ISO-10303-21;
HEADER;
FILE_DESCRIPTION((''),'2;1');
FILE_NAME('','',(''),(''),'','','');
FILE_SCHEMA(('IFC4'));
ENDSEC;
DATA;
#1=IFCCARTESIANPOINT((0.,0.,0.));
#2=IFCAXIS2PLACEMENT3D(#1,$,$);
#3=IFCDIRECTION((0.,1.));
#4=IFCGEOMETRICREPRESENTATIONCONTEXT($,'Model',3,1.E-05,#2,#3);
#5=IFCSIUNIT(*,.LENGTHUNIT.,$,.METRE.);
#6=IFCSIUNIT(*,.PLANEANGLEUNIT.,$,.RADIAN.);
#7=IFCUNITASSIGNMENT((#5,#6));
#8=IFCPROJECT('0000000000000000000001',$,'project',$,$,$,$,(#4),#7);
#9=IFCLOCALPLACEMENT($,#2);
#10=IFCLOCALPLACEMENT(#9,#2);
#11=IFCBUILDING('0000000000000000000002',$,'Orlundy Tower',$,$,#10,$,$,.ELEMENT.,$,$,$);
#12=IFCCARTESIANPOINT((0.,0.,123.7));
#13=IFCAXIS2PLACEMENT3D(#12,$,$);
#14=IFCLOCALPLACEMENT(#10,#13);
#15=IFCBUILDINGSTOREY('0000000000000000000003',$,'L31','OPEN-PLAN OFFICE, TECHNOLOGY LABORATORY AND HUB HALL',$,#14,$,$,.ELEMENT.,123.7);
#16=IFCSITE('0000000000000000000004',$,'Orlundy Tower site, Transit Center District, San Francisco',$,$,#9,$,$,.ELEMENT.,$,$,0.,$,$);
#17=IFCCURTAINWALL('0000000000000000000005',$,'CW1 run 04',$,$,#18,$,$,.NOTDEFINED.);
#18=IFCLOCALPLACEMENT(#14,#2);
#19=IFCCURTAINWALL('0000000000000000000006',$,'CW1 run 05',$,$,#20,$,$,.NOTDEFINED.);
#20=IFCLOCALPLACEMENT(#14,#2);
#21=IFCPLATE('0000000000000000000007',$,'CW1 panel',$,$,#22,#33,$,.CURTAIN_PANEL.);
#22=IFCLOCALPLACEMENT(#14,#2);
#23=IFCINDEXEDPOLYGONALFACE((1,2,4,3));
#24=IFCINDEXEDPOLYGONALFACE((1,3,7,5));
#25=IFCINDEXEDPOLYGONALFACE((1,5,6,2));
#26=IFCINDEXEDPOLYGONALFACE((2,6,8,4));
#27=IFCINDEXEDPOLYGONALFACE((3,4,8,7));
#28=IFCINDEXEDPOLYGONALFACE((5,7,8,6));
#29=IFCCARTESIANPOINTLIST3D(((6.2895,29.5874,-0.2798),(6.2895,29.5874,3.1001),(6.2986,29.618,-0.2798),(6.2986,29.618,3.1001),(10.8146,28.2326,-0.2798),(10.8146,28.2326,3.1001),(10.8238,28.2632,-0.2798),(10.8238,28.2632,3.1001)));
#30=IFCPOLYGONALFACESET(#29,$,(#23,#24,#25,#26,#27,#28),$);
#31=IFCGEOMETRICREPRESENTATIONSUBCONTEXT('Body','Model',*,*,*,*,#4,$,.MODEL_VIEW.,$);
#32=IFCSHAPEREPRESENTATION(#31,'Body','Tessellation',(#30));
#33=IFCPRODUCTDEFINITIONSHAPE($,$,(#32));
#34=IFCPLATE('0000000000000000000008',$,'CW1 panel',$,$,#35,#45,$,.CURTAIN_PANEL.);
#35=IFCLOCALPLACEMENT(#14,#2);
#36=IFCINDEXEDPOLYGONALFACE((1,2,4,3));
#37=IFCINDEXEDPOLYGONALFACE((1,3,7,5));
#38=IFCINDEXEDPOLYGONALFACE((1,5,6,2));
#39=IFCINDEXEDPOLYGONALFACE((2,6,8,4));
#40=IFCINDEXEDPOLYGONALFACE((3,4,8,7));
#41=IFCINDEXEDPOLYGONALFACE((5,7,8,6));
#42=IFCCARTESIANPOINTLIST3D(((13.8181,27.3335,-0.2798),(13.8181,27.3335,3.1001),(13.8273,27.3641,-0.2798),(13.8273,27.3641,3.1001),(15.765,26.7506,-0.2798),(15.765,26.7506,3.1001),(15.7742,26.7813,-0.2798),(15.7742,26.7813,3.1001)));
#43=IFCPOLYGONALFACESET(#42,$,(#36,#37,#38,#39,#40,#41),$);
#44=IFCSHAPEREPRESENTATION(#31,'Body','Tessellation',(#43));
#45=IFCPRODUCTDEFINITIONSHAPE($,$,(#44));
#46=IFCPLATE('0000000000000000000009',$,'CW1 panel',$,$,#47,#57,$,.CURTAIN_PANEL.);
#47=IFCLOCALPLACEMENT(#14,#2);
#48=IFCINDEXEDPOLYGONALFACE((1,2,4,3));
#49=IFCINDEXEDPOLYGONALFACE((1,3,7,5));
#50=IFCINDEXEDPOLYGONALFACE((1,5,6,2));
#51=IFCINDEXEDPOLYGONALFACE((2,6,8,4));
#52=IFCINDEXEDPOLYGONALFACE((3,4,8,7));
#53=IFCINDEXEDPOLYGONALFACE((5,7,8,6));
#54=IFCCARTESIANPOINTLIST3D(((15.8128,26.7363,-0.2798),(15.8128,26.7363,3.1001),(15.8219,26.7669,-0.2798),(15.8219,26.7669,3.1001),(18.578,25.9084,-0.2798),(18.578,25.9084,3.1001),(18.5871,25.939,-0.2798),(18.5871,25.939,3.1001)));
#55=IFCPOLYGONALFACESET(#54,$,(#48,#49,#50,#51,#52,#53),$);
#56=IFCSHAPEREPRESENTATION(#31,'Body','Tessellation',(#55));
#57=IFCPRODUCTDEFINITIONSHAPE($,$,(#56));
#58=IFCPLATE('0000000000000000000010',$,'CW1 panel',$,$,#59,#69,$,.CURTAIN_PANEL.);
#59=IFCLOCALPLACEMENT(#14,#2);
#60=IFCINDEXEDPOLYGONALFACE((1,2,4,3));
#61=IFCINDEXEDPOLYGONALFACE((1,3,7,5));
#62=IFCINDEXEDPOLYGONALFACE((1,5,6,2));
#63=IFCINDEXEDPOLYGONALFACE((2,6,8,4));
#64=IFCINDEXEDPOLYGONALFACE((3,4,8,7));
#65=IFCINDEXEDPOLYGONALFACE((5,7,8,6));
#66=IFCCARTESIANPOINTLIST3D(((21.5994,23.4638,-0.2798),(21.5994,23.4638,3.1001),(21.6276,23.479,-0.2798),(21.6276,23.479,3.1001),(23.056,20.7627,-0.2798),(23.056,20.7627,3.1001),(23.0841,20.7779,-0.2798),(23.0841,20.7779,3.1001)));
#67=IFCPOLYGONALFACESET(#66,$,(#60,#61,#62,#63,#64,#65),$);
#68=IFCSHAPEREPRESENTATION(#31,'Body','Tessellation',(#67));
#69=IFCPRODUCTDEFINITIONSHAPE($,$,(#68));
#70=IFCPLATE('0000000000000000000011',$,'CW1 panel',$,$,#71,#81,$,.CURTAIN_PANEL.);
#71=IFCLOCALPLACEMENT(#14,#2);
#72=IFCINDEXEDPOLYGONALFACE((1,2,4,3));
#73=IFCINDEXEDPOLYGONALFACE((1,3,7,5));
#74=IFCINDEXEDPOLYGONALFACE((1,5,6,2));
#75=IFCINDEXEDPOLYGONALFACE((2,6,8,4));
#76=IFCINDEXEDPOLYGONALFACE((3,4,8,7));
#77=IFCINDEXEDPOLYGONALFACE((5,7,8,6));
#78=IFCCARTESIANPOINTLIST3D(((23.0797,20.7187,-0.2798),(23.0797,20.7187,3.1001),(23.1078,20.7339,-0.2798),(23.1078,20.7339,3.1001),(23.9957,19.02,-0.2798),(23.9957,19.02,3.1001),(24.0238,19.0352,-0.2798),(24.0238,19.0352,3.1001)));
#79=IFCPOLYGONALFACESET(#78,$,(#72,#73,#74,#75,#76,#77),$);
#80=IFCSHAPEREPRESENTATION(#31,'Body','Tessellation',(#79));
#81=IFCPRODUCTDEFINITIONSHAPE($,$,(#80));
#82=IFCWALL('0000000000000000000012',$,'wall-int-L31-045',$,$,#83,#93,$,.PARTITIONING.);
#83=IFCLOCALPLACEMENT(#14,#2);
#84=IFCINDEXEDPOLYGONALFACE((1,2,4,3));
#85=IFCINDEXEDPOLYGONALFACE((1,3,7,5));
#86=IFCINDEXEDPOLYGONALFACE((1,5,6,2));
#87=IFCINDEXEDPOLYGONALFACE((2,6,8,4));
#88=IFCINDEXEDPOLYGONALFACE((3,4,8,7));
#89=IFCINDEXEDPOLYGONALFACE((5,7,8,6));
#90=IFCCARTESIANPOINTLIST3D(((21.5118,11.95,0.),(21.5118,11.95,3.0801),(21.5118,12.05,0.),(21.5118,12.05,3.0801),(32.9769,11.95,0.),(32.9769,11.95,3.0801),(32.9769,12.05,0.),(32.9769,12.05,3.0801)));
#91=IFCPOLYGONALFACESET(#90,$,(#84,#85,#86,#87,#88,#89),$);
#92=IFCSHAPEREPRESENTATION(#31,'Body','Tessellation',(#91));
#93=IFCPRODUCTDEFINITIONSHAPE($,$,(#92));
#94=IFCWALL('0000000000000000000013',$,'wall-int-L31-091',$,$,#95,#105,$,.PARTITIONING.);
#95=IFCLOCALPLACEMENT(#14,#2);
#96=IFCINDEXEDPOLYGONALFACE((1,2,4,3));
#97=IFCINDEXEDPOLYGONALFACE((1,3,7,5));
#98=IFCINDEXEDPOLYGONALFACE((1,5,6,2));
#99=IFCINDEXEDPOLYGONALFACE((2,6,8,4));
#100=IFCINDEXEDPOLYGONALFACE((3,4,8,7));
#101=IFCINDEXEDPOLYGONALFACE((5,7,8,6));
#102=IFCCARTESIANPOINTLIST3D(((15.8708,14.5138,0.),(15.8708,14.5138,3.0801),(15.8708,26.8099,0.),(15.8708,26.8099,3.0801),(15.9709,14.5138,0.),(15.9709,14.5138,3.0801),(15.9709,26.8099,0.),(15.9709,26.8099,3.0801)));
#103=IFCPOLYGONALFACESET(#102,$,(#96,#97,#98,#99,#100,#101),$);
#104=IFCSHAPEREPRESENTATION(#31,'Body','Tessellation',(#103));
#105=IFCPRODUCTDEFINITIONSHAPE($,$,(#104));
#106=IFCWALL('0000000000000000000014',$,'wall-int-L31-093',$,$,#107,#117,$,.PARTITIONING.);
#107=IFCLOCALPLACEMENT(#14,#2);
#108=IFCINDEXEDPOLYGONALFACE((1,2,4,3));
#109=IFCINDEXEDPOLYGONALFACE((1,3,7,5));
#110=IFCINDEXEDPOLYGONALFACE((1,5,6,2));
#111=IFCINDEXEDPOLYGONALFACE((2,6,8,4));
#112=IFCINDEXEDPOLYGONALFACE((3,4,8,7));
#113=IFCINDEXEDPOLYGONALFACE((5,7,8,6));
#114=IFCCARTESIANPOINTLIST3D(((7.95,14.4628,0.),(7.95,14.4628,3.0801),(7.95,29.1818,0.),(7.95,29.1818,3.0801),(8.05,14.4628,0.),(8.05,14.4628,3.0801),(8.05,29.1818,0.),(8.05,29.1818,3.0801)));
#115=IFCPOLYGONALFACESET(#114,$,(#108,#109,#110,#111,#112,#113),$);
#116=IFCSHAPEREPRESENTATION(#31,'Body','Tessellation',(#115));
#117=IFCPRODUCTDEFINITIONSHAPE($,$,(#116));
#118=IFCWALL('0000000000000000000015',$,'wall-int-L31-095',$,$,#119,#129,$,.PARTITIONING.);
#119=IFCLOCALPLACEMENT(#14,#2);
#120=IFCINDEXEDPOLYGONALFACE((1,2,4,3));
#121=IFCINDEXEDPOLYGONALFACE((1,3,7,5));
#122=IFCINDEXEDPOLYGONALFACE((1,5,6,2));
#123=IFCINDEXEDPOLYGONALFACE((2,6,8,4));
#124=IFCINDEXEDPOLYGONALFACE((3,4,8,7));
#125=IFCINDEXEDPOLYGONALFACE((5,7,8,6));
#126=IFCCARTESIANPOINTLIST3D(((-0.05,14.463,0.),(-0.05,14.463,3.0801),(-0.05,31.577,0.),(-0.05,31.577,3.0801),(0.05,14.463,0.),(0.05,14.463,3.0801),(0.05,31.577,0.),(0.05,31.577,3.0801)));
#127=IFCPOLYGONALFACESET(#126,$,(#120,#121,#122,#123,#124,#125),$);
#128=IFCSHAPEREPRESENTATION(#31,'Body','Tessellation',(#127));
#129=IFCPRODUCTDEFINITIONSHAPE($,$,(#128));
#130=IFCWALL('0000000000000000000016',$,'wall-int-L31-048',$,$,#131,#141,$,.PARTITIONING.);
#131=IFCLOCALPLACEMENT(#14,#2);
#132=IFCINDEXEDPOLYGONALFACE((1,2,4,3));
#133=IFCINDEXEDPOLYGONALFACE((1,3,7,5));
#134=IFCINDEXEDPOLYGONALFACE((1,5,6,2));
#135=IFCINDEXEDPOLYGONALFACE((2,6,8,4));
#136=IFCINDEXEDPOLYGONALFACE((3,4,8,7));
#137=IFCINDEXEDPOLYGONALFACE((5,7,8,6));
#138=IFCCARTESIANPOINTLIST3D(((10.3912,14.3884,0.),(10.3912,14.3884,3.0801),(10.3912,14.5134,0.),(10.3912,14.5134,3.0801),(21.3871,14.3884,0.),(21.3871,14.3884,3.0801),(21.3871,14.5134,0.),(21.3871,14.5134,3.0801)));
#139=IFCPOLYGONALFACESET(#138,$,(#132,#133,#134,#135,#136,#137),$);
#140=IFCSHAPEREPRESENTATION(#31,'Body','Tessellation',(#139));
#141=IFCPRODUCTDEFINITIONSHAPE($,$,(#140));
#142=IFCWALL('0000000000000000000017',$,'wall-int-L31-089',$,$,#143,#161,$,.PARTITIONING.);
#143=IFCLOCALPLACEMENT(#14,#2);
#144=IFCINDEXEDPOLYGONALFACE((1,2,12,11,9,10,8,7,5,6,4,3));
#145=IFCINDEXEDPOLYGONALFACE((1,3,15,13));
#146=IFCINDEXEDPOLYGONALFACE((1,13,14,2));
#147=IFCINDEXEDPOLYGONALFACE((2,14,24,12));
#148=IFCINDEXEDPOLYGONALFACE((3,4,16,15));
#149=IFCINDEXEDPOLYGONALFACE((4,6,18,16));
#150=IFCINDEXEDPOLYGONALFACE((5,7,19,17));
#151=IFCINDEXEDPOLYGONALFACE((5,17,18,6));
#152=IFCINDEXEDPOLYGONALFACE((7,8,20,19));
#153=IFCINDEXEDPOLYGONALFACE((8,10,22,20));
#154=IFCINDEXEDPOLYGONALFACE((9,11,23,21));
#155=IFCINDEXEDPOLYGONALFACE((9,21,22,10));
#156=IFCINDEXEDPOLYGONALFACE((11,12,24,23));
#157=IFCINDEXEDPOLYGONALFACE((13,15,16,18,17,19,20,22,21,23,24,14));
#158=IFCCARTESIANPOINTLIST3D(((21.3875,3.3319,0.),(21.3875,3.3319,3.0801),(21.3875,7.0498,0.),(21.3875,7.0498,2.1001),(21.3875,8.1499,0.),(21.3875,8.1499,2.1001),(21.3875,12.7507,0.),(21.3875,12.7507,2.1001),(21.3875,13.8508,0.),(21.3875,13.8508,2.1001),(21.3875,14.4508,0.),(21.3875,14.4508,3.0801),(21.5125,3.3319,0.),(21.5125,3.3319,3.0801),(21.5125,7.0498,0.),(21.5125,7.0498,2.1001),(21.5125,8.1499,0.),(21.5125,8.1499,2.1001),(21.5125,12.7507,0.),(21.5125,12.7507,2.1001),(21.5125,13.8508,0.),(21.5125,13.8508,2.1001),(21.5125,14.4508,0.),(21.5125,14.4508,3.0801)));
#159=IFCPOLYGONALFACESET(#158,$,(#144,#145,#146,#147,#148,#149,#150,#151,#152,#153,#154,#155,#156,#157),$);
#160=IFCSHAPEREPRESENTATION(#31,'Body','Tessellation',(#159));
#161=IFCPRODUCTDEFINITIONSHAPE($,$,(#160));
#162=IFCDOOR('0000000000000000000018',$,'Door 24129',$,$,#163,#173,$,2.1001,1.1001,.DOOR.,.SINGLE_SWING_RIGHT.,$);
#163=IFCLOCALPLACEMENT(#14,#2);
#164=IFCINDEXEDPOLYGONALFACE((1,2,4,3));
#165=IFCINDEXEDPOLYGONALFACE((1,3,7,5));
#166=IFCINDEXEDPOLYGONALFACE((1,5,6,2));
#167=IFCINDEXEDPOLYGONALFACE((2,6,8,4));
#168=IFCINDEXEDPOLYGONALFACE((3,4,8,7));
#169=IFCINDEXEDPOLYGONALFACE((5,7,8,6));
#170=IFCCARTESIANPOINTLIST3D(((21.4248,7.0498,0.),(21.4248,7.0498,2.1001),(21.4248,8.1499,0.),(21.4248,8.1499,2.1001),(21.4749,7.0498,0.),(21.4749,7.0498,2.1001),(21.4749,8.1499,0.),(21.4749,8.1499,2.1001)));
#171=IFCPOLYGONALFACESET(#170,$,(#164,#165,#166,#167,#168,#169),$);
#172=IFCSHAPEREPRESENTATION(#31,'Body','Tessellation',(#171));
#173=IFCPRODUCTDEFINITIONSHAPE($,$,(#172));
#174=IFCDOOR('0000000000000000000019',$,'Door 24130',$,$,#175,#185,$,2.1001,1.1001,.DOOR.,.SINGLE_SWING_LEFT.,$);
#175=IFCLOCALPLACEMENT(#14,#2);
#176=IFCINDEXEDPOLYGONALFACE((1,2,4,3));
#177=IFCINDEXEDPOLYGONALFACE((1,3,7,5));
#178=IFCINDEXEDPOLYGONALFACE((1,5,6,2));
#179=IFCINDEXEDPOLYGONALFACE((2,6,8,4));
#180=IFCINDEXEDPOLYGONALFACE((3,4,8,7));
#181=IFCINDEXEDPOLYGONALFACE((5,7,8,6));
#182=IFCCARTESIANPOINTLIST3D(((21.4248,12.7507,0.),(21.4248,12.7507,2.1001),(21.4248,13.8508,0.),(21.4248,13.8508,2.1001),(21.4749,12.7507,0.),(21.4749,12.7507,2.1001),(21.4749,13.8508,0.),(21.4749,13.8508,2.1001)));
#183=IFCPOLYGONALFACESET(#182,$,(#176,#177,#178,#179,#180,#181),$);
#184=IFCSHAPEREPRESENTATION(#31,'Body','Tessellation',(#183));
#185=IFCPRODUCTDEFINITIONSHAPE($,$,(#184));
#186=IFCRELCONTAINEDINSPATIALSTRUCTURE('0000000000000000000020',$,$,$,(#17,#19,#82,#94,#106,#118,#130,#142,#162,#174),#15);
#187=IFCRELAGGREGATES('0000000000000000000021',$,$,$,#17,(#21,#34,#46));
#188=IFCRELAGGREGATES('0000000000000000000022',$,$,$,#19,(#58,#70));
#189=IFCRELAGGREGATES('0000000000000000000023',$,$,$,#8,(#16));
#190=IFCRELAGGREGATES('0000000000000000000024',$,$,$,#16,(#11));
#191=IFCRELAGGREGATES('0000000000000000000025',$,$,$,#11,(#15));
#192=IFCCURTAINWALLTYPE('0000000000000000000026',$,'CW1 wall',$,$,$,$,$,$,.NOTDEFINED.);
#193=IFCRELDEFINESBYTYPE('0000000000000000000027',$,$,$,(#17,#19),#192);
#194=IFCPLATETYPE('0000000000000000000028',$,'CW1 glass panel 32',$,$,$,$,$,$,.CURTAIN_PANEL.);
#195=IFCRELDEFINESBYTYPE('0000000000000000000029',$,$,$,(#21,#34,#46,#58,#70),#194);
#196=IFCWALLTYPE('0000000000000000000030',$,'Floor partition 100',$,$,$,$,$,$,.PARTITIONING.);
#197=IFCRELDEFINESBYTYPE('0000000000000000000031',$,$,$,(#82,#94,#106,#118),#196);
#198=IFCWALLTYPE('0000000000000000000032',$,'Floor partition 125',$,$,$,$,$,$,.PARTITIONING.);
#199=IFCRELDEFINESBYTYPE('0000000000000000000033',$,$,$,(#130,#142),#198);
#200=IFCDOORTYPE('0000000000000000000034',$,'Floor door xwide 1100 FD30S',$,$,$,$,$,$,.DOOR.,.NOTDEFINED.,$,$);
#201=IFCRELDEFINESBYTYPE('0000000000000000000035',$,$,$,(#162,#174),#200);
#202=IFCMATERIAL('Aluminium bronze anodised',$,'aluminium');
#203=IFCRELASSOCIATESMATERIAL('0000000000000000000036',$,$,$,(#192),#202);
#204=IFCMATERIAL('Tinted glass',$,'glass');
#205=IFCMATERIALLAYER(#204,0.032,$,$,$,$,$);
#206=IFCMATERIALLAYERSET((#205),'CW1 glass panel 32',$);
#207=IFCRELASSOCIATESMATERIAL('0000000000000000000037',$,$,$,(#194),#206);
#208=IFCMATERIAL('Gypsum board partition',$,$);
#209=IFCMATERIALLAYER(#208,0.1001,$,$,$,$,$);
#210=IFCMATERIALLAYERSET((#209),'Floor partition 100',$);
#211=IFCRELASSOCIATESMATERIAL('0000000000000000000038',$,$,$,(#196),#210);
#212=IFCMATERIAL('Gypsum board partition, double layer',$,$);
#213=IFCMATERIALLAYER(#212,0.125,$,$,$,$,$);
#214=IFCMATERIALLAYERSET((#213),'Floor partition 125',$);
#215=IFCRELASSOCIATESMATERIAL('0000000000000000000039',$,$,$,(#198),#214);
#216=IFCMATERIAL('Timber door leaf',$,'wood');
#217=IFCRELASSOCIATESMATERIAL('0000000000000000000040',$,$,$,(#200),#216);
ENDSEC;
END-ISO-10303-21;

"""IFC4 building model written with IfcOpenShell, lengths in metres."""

from ifc_helpers import new_model, si_unit, direction, frame, frame_2d, origin, origin_2d, place, context, subcontext, project, spatial, rectangle, extrude, material, layer, layer_set, type_object, element, fill, aggregate, save


model = new_model("IFC4")

# Units and contexts
model_context = context("Model", 3, precision=1e-05, world=origin(), true_north=direction((0.0, 1.0)))
body_context = subcontext(model_context, "Body", "Model", "MODEL_VIEW")
ifc_project = project(units=[si_unit("LENGTHUNIT", "METRE"), si_unit("PLANEANGLEUNIT", "RADIAN")], contexts=[model_context])

# Site, building, storey
site_placement = place(None, origin())
site = spatial("IfcSite", under=ifc_project, at=site_placement, Name="Orlundy Tower site, Transit Center District, San Francisco", CompositionType="ELEMENT", RefElevation=0.0)
building_placement = place(site_placement, origin())
building = spatial("IfcBuilding", under=site, at=building_placement, Name="Orlundy Tower", CompositionType="ELEMENT")
storey_placement = place(building_placement, frame((0.0, 0.0, 123.7)))
storey = spatial("IfcBuildingStorey", under=building, at=storey_placement, Name="L31", Description="OPEN-PLAN OFFICE, TECHNOLOGY LABORATORY AND HUB HALL", CompositionType="ELEMENT", Elevation=123.7)

# Shared definitions
ifc_material_1 = material(Name="Aluminium bronze anodised", Category="aluminium")
curtain_wall_type = type_object("IfcCurtainWallType", Name="CW1 wall", PredefinedType="NOTDEFINED", material=ifc_material_1)

# Curtain wall
curtain_wall_1_placement = place(storey_placement, origin())
curtain_wall_1 = element("IfcCurtainWall", 1, at=curtain_wall_1_placement, inside=storey, type_object=curtain_wall_type, Name="CW1 run 04", PredefinedType="NOTDEFINED")

# Curtain wall
curtain_wall_2_placement = place(storey_placement, origin())
curtain_wall_2 = element("IfcCurtainWall", 2, at=curtain_wall_2_placement, inside=storey, type_object=curtain_wall_type, Name="CW1 run 05", PredefinedType="NOTDEFINED")

# Plates
ifc_material_2 = material(Name="Tinted glass", Category="glass")
ifc_layer_1 = layer(ifc_material_2, 0.032)
ifc_layer_set_1 = layer_set([ifc_layer_1], Name="CW1 glass panel 32")
plate_type = type_object("IfcPlateType", Name="CW1 glass panel 32", PredefinedType="CURTAIN_PANEL", material=ifc_layer_set_1)
plate_1_placement = place(storey_placement, frame((8.5566, 28.9253, -0.2798), z_axis=(0.0, 0.0, 1.0), x_axis=(0.957986, -0.286816, 0.0)))
plate_1 = element("IfcPlate", 3, at=plate_1_placement, type_object=plate_type, Name="CW1 panel", PredefinedType="CURTAIN_PANEL", context=body_context, shape_type="SweptSolid", body=[
    extrude(rectangle(XDim=4.7236, YDim=0.032, at=origin_2d()), origin(), (0.0, 0.0, 1.0), 3.3799),
])
plate_2_placement = place(storey_placement, frame((14.7961, 27.0574, -0.2798), z_axis=(0.0, 0.0, 1.0), x_axis=(0.957986, -0.286816, 0.0)))
plate_2 = element("IfcPlate", 4, at=plate_2_placement, type_object=plate_type, Name="CW1 panel", PredefinedType="CURTAIN_PANEL", context=body_context, shape_type="SweptSolid", body=[
    extrude(rectangle(XDim=2.0322, YDim=0.032, at=origin_2d()), origin(), (0.0, 0.0, 1.0), 3.3799),
])
plate_3_placement = place(storey_placement, frame((17.2, 26.3376, -0.2798), z_axis=(0.0, 0.0, 1.0), x_axis=(0.957986, -0.286816, 0.0)))
plate_3 = element("IfcPlate", 5, at=plate_3_placement, type_object=plate_type, Name="CW1 panel", PredefinedType="CURTAIN_PANEL", context=body_context, shape_type="SweptSolid", body=[
    extrude(rectangle(XDim=2.8865, YDim=0.032, at=origin_2d()), origin(), (0.0, 0.0, 1.0), 3.3799),
])
aggregate(curtain_wall_1, [plate_1, plate_2, plate_3])
plate_4_placement = place(storey_placement, frame((22.3418, 22.1208, -0.2798), z_axis=(0.0, 0.0, 1.0), x_axis=(0.474624, -0.880189, 0.0)))
plate_4 = element("IfcPlate", 6, at=plate_4_placement, type_object=plate_type, Name="CW1 panel", PredefinedType="CURTAIN_PANEL", context=body_context, shape_type="SweptSolid", body=[
    extrude(rectangle(XDim=3.0688, YDim=0.032, at=origin_2d()), origin(), (0.0, 0.0, 1.0), 3.3799),
])
plate_5_placement = place(storey_placement, frame((23.5518, 19.877, -0.2798), z_axis=(0.0, 0.0, 1.0), x_axis=(0.474624, -0.880189, 0.0)))
plate_5 = element("IfcPlate", 7, at=plate_5_placement, type_object=plate_type, Name="CW1 panel", PredefinedType="CURTAIN_PANEL", context=body_context, shape_type="SweptSolid", body=[
    extrude(rectangle(XDim=1.9299, YDim=0.032, at=origin_2d()), origin(), (0.0, 0.0, 1.0), 3.3799),
])
aggregate(curtain_wall_2, [plate_4, plate_5])

# Walls
ifc_material_3 = material(Name="Gypsum board partition")
ifc_layer_2 = layer(ifc_material_3, 0.1001)
ifc_layer_set_2 = layer_set([ifc_layer_2], Name="Floor partition 100")
wall_type_1 = type_object("IfcWallType", Name="Floor partition 100", PredefinedType="PARTITIONING", material=ifc_layer_set_2)
wall_1_placement = place(storey_placement, frame((21.512, 12.0, 0.0), z_axis=(0.0, 0.0, 1.0), x_axis=(1.0, 0.0, 0.0)))
element("IfcWall", 8, at=wall_1_placement, inside=storey, type_object=wall_type_1, Name="wall-int-L31-045", PredefinedType="PARTITIONING", context=body_context, shape_type="SweptSolid", body=[
    extrude(rectangle(XDim=11.4651, YDim=0.1001, at=frame_2d((5.7324, 0.0))), origin(), (0.0, 0.0, 1.0), 3.0801),
])
wall_2_placement = place(storey_placement, frame((15.9209, 14.5139, 0.0), z_axis=(0.0, 0.0, 1.0), x_axis=(0.0, 1.0, 0.0)))
element("IfcWall", 9, at=wall_2_placement, inside=storey, type_object=wall_type_1, Name="wall-int-L31-091", PredefinedType="PARTITIONING", context=body_context, shape_type="SweptSolid", body=[
    extrude(rectangle(XDim=12.2961, YDim=0.1001, at=frame_2d((6.1479, 0.0))), origin(), (0.0, 0.0, 1.0), 3.0801),
])
wall_3_placement = place(storey_placement, frame((8.0, 14.4629, 0.0), z_axis=(0.0, 0.0, 1.0), x_axis=(0.0, 1.0, 0.0)))
element("IfcWall", 10, at=wall_3_placement, inside=storey, type_object=wall_type_1, Name="wall-int-L31-093", PredefinedType="PARTITIONING", context=body_context, shape_type="SweptSolid", body=[
    extrude(rectangle(XDim=14.719, YDim=0.1001, at=frame_2d((7.3594, 0.0))), origin(), (0.0, 0.0, 1.0), 3.0801),
])
wall_4_placement = place(storey_placement, frame((0.0, 14.4629, 0.0), z_axis=(0.0, 0.0, 1.0), x_axis=(0.0, 1.0, 0.0)))
element("IfcWall", 11, at=wall_4_placement, inside=storey, type_object=wall_type_1, Name="wall-int-L31-095", PredefinedType="PARTITIONING", context=body_context, shape_type="SweptSolid", body=[
    extrude(rectangle(XDim=17.114, YDim=0.1001, at=frame_2d((8.5571, 0.0))), origin(), (0.0, 0.0, 1.0), 3.0801),
])
ifc_material_4 = material(Name="Gypsum board partition, double layer")
ifc_layer_3 = layer(ifc_material_4, 0.125)
ifc_layer_set_3 = layer_set([ifc_layer_3], Name="Floor partition 125")
wall_type_2 = type_object("IfcWallType", Name="Floor partition 125", PredefinedType="PARTITIONING", material=ifc_layer_set_3)
wall_5_placement = place(storey_placement, frame((10.3911, 14.4509, 0.0), z_axis=(0.0, 0.0, 1.0), x_axis=(1.0, 0.0, 0.0)))
element("IfcWall", 12, at=wall_5_placement, inside=storey, type_object=wall_type_2, Name="wall-int-L31-048", PredefinedType="PARTITIONING", context=body_context, shape_type="SweptSolid", body=[
    extrude(rectangle(XDim=10.9958, YDim=0.125, at=frame_2d((5.498, 0.0))), origin(), (0.0, 0.0, 1.0), 3.0801),
])

# Wall, openings, doors
wall_6_placement = place(storey_placement, frame((21.45, 14.4509, 0.0), z_axis=(0.0, 0.0, 1.0), x_axis=(0.0, -1.0, 0.0)))
wall_6 = element("IfcWall", 13, at=wall_6_placement, inside=storey, type_object=wall_type_2, Name="wall-int-L31-089", PredefinedType="PARTITIONING", context=body_context, shape_type="SweptSolid", body=[
    extrude(rectangle(XDim=11.1189, YDim=0.125, at=frame_2d((5.5596, 0.0))), origin(), (0.0, 0.0, 1.0), 3.0801),
])
opening_1_placement = place(wall_6_placement, frame((6.301, 0.0, 0.0)))
opening_1 = element("IfcOpeningElement", 14, at=opening_1_placement, cuts=wall_6, PredefinedType="OPENING", context=body_context, shape_type="SweptSolid", body=[
    extrude(rectangle(XDim=1.1001, YDim=2.1001, at=frame_2d((0.55, 1.05))), frame((0.0, 0.0725, 0.0), z_axis=(0.0, -1.0, 0.0), x_axis=(1.0, 0.0, 0.0)), (0.0, 0.0, 1.0), 0.145),
])
opening_2_placement = place(wall_6_placement, frame((0.6001, 0.0, 0.0)))
opening_2 = element("IfcOpeningElement", 15, at=opening_2_placement, cuts=wall_6, PredefinedType="OPENING", context=body_context, shape_type="SweptSolid", body=[
    extrude(rectangle(XDim=1.1001, YDim=2.1001, at=frame_2d((0.55, 1.05))), frame((0.0, 0.0725, 0.0), z_axis=(0.0, -1.0, 0.0), x_axis=(1.0, 0.0, 0.0)), (0.0, 0.0, 1.0), 0.145),
])
ifc_material_5 = material(Name="Timber door leaf", Category="wood")
door_type = type_object("IfcDoorType", Name="Floor door xwide 1100 FD30S", OperationType="NOTDEFINED", PredefinedType="DOOR", material=ifc_material_5)
door_1_placement = place(opening_1_placement, origin())
door_1 = element("IfcDoor", 16, at=door_1_placement, inside=storey, type_object=door_type, Name="Door 24129", OperationType="SINGLE_SWING_RIGHT", OverallHeight=2.1001, OverallWidth=1.1001, PredefinedType="DOOR", context=body_context, shape_type="SweptSolid", body=[
    extrude(rectangle(XDim=1.1001, YDim=2.1001, at=frame_2d((0.55, 1.05))), frame((0.0, 0.0249, 0.0), z_axis=(0.0, -1.0, 0.0), x_axis=(1.0, 0.0, 0.0)), (0.0, 0.0, 1.0), 0.05),
])
fill(opening_1, door_1)
door_2_placement = place(opening_2_placement, origin())
door_2 = element("IfcDoor", 17, at=door_2_placement, inside=storey, type_object=door_type, Name="Door 24130", OperationType="SINGLE_SWING_LEFT", OverallHeight=2.1001, OverallWidth=1.1001, PredefinedType="DOOR", context=body_context, shape_type="SweptSolid", body=[
    extrude(rectangle(XDim=1.1001, YDim=2.1001, at=frame_2d((0.55, 1.05))), frame((0.0, 0.0249, 0.0), z_axis=(0.0, -1.0, 0.0), x_axis=(1.0, 0.0, 0.0)), (0.0, 0.0, 1.0), 0.05),
])
fill(opening_2, door_2)

save(model, "model.ifc")
